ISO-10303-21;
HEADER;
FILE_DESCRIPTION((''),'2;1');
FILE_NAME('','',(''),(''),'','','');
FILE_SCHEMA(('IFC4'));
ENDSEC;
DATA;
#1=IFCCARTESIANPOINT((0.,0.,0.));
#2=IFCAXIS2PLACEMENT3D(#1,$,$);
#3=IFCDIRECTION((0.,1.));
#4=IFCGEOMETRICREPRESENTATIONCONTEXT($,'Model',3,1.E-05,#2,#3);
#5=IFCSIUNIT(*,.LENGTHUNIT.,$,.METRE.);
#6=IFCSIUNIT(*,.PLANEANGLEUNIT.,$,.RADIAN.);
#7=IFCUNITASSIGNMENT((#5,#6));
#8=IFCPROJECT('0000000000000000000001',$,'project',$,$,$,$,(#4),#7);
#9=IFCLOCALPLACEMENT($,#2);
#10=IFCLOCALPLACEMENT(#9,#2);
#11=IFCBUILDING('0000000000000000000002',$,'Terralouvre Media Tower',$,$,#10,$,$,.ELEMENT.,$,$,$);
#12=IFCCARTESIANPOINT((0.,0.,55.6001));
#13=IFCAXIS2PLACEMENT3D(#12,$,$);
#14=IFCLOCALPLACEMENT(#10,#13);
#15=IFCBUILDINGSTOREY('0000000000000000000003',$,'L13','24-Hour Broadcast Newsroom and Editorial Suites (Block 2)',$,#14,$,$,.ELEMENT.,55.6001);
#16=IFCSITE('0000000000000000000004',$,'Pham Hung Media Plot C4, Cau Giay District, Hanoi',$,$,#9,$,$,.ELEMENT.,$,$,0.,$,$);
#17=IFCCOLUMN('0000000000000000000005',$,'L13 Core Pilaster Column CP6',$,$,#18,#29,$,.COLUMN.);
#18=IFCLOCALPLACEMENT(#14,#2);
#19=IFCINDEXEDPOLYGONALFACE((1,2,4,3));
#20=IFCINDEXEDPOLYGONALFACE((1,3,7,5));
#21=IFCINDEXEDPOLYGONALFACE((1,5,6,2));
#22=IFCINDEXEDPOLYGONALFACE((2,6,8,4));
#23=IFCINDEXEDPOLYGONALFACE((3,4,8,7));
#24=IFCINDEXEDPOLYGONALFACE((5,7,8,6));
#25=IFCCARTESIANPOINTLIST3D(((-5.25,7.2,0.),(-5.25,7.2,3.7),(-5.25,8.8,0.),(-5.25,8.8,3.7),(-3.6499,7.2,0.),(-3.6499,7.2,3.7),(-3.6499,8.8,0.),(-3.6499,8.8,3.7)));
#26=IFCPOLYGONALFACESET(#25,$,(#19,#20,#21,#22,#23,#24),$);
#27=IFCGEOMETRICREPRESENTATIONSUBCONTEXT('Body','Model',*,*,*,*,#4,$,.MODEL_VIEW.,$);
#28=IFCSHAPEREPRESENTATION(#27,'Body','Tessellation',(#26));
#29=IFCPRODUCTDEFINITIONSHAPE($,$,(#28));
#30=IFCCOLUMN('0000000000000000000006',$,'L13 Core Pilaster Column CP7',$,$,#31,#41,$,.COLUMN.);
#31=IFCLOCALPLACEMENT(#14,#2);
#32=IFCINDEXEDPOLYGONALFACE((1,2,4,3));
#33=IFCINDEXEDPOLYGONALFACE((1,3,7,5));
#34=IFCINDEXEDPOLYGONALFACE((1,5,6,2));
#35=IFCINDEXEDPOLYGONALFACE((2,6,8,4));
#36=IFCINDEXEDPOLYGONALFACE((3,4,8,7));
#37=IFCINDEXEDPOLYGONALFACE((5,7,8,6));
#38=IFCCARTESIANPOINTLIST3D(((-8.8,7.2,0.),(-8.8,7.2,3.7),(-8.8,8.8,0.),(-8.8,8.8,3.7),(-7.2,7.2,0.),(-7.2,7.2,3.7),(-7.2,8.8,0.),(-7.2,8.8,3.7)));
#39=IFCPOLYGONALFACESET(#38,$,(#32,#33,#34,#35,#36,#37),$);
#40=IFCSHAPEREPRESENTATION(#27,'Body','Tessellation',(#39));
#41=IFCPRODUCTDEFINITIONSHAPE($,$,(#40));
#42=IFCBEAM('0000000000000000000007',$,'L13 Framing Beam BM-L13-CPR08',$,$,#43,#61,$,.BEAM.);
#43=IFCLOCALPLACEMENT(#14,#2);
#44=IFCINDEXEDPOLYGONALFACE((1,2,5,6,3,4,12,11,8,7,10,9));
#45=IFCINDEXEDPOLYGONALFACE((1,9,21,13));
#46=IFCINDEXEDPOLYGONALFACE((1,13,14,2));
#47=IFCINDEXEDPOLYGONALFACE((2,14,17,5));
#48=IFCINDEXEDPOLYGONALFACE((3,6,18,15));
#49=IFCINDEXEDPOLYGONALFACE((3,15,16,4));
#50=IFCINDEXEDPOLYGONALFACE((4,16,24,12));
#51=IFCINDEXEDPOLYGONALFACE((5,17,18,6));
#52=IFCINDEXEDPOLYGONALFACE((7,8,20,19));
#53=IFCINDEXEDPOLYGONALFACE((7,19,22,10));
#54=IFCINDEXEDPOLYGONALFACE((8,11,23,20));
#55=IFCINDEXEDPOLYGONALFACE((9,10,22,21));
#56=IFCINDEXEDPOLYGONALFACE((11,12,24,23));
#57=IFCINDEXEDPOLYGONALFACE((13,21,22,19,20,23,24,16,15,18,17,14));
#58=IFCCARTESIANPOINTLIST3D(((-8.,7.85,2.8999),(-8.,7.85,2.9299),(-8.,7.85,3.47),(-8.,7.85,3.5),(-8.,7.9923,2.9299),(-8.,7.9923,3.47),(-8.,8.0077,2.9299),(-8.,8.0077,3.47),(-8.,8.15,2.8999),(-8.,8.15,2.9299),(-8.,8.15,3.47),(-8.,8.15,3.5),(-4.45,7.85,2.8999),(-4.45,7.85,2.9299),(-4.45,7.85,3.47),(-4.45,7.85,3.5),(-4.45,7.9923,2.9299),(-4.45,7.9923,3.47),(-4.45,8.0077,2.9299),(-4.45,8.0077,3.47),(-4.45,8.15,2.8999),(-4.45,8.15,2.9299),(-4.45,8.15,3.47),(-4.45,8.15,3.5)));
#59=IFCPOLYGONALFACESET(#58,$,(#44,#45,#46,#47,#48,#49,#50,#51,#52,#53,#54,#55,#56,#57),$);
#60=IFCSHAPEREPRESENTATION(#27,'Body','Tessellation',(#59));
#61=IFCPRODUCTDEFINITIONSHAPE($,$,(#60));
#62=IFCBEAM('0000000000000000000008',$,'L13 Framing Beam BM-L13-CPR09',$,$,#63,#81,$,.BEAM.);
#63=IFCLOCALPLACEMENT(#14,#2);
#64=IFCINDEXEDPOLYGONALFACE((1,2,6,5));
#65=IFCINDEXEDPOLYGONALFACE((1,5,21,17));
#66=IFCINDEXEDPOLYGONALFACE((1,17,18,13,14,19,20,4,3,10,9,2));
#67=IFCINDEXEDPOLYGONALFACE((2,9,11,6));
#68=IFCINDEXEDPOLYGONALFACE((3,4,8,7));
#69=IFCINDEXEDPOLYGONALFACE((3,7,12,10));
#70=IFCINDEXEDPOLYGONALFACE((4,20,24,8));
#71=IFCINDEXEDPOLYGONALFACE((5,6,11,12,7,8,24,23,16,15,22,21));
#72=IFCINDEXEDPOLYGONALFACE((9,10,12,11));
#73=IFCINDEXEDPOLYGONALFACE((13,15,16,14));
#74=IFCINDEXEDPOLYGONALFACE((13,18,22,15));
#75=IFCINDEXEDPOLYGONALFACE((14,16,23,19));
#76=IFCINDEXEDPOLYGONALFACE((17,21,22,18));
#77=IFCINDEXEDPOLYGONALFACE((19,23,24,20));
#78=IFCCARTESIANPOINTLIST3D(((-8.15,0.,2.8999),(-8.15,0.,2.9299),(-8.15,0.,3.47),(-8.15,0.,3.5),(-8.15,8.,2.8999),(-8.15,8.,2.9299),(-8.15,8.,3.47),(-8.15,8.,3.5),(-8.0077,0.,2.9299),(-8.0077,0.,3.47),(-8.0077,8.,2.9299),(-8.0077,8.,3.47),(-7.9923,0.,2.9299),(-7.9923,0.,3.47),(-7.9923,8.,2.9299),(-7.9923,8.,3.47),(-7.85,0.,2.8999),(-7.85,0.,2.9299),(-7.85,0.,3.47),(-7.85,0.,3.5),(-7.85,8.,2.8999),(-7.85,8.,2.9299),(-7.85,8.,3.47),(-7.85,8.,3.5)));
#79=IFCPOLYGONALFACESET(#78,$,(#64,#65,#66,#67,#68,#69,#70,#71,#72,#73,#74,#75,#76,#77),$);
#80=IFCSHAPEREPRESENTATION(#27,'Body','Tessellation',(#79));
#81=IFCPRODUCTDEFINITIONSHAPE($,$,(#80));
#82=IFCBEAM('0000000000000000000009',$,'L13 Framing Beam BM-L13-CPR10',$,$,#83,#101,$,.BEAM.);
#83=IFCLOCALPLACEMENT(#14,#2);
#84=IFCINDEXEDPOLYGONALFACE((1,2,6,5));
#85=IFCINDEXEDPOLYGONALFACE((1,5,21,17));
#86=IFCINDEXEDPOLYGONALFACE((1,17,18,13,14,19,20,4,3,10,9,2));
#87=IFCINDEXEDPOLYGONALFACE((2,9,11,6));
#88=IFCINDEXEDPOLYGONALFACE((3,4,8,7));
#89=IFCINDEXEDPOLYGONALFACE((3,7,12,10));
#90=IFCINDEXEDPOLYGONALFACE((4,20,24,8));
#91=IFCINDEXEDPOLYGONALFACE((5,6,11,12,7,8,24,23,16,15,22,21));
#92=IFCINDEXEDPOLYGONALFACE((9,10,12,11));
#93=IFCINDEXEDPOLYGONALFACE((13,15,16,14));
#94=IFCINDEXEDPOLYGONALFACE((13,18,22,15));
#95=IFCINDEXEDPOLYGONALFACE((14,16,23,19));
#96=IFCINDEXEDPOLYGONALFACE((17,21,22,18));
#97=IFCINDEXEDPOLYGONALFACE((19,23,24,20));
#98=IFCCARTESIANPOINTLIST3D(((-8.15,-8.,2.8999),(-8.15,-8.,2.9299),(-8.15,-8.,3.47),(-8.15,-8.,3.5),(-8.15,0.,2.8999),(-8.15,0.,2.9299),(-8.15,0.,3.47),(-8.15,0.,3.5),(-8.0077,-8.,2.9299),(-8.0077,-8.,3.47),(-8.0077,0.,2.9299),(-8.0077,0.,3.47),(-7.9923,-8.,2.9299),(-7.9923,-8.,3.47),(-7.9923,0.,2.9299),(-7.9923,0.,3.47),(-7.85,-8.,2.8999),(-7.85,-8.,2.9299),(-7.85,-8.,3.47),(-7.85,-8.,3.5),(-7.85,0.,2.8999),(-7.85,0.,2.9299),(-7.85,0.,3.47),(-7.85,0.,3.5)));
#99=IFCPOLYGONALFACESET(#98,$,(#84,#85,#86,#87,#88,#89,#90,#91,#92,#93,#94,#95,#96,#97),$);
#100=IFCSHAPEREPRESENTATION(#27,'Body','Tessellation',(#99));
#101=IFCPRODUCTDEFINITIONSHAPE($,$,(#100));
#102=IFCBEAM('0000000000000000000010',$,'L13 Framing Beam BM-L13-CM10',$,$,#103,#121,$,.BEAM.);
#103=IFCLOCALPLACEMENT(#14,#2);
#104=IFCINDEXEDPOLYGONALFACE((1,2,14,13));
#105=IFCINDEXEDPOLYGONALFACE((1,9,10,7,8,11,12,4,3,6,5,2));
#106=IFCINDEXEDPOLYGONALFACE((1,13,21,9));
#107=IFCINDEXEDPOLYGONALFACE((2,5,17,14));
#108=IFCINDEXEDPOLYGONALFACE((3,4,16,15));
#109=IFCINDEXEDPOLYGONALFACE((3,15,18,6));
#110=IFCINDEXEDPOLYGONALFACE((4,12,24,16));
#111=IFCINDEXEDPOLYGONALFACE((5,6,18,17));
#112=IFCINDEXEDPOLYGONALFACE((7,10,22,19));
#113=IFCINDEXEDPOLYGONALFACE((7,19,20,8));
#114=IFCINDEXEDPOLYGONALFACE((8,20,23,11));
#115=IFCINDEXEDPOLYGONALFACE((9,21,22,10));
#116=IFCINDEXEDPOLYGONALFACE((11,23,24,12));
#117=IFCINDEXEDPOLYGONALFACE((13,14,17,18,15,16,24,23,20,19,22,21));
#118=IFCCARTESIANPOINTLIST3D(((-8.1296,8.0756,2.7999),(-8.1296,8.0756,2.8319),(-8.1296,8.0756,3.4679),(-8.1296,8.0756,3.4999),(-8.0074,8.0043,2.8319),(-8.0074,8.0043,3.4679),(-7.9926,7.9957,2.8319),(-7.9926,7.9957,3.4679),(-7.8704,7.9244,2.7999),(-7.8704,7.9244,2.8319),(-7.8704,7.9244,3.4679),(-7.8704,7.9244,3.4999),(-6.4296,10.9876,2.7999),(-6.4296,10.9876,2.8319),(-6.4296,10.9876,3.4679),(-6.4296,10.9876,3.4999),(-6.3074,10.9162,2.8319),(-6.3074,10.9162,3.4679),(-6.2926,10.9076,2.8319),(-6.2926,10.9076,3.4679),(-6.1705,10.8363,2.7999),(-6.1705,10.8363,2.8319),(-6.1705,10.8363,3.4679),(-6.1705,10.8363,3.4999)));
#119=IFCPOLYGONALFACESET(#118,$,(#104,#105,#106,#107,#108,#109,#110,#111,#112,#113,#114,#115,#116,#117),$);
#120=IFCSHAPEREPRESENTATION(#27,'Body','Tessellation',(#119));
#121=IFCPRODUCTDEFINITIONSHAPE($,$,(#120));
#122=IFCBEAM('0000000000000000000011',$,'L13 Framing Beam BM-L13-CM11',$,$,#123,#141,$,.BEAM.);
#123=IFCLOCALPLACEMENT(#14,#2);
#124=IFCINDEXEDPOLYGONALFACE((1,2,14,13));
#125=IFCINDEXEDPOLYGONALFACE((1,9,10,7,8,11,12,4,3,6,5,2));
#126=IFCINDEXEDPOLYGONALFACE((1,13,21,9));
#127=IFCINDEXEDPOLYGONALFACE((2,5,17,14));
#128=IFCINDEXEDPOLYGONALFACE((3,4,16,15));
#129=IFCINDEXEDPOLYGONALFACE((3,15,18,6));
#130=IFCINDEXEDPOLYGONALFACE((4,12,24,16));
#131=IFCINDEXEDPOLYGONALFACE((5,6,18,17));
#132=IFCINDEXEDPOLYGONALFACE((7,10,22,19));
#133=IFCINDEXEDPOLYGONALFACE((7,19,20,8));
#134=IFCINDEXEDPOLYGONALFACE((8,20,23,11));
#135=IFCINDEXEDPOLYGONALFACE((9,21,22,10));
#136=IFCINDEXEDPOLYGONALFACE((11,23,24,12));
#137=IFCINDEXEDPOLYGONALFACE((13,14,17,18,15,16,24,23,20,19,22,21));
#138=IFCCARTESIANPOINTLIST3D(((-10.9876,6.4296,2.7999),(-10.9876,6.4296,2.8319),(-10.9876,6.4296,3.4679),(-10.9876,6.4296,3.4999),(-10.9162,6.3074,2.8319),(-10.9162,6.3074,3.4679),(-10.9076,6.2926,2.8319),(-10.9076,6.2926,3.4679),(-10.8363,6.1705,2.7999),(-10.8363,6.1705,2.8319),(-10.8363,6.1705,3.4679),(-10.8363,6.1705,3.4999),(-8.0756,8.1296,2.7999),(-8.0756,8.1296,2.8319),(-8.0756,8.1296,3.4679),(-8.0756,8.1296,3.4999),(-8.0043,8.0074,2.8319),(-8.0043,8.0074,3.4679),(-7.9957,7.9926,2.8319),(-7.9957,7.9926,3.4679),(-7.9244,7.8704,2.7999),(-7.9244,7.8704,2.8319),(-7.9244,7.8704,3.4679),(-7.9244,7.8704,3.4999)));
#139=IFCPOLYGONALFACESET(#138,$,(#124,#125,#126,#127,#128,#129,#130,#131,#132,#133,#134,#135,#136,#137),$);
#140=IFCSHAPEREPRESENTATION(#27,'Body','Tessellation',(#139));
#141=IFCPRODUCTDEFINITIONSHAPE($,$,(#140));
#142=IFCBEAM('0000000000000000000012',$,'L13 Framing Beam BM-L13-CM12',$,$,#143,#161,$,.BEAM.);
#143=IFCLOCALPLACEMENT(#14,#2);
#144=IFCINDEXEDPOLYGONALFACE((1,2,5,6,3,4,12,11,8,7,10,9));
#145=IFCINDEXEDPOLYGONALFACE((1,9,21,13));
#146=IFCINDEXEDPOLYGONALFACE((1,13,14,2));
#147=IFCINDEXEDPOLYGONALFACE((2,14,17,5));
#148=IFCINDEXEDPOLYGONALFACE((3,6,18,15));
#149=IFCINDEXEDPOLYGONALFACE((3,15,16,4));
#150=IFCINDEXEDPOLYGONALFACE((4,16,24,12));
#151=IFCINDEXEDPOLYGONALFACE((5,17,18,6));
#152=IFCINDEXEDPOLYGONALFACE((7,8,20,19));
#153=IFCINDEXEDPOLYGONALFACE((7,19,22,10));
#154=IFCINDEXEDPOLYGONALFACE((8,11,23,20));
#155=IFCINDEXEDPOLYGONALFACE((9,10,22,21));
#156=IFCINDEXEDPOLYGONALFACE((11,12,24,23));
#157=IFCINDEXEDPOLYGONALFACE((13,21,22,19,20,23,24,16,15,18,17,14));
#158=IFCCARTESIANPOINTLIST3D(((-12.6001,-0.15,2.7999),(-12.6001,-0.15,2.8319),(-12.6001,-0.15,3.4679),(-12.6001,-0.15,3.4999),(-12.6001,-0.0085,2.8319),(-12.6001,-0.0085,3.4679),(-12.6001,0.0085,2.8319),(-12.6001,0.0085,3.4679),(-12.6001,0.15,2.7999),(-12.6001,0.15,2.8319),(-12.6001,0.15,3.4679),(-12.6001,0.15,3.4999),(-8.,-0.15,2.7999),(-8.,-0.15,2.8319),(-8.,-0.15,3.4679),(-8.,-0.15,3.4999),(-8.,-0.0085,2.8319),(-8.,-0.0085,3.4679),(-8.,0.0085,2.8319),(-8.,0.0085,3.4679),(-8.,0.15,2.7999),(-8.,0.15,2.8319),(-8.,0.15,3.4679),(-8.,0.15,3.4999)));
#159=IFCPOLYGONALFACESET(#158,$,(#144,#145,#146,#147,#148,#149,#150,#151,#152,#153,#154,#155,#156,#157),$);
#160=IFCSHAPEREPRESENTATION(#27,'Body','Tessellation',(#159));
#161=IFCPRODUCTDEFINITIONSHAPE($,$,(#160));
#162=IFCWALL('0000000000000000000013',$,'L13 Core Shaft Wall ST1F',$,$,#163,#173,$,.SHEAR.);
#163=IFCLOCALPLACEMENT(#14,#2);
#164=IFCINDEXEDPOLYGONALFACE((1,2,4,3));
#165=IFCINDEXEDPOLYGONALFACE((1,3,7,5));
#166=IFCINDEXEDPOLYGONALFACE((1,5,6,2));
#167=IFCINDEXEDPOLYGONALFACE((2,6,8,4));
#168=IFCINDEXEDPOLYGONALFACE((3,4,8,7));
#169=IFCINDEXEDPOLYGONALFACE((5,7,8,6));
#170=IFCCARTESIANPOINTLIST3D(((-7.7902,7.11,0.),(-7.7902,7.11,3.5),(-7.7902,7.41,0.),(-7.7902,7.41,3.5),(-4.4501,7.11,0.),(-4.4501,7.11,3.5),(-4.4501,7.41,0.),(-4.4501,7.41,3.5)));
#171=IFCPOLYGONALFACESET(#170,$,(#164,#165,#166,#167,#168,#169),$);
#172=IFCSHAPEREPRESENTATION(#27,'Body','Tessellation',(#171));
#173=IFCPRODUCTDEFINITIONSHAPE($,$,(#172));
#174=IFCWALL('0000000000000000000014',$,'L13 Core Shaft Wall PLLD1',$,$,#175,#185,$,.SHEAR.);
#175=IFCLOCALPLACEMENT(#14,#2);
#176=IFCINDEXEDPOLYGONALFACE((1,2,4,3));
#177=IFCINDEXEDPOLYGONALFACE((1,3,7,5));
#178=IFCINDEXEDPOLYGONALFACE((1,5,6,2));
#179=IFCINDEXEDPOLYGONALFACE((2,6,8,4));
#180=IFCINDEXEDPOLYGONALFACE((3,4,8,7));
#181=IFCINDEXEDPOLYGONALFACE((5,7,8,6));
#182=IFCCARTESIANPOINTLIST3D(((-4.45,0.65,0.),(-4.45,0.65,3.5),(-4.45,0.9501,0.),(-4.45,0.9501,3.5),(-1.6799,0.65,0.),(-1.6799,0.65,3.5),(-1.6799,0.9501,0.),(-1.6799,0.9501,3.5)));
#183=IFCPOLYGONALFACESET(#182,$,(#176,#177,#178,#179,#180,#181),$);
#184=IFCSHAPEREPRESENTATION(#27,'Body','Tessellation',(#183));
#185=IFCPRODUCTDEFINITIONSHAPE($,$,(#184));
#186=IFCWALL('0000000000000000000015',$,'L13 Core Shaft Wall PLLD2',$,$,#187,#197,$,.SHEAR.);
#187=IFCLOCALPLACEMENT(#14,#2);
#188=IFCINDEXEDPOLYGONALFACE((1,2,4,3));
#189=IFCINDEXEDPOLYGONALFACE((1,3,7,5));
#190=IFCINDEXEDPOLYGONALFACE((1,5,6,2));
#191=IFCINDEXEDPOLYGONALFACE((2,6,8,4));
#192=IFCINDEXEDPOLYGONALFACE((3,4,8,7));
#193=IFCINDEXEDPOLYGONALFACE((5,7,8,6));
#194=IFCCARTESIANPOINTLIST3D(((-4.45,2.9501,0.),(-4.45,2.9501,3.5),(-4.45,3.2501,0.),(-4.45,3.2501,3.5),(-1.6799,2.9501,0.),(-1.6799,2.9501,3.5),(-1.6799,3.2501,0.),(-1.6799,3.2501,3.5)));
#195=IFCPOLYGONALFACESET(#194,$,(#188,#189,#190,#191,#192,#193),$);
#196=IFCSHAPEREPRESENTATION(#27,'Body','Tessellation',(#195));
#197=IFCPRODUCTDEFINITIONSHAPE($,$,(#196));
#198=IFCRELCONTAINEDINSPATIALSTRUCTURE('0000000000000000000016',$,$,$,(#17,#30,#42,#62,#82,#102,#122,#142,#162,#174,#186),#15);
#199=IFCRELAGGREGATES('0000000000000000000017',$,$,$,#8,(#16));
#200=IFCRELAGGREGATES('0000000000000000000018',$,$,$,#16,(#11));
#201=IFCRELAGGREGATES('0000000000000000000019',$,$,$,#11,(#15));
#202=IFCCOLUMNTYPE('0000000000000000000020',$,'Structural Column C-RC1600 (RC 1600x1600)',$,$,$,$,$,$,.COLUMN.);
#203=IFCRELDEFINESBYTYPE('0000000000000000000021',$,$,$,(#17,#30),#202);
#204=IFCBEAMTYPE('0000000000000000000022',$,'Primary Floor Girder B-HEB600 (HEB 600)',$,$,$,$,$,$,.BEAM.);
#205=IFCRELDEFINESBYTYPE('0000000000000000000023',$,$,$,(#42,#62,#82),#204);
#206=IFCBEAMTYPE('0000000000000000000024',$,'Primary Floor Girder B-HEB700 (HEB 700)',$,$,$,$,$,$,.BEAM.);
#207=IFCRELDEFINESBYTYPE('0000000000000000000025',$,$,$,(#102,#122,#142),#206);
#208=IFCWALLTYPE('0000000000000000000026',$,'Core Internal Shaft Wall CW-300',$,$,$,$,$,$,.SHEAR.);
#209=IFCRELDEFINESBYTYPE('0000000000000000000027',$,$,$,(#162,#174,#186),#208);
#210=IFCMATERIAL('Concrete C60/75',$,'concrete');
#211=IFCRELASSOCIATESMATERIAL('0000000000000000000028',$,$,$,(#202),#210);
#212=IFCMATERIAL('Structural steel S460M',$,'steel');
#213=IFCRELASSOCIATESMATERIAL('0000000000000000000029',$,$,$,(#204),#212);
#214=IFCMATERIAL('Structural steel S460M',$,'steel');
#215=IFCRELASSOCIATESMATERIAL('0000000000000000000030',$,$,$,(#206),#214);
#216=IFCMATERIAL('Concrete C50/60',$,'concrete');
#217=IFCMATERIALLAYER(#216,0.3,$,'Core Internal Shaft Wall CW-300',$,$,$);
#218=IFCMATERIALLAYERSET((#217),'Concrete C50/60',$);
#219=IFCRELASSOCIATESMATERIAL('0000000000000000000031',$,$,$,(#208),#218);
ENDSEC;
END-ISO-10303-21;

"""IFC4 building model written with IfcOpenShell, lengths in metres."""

from ifc_helpers import new_model, si_unit, direction, frame, frame_2d, origin, origin_2d, place, context, subcontext, project, spatial, rectangle, i_section, extrude, material, layer, layer_set, material_profile, profile_set, type_object, element, save


model = new_model("IFC4")

# Units and contexts
model_context = context("Model", 3, precision=1e-05, world=origin(), true_north=direction((0.0, 1.0)))
body_context = subcontext(model_context, "Body", "Model", "MODEL_VIEW")
ifc_project = project(units=[si_unit("LENGTHUNIT", "METRE"), si_unit("PLANEANGLEUNIT", "RADIAN")], contexts=[model_context])

# Site, building, storey
site_placement = place(None, origin())
site = spatial("IfcSite", under=ifc_project, at=site_placement, Name="Pham Hung Media Plot C4, Cau Giay District, Hanoi", CompositionType="ELEMENT", RefElevation=0.0)
building_placement = place(site_placement, origin())
building = spatial("IfcBuilding", under=site, at=building_placement, Name="Terralouvre Media Tower", CompositionType="ELEMENT")
storey_placement = place(building_placement, frame((0.0, 0.0, 55.6001)))
storey = spatial("IfcBuildingStorey", under=building, at=storey_placement, Name="L13", Description="24-Hour Broadcast Newsroom and Editorial Suites (Block 2)", CompositionType="ELEMENT", Elevation=55.6001)

# Columns
ifc_material_1 = material(Name="Concrete C60/75", Category="concrete")
ifc_material_profile_1 = material_profile(ifc_material_1, rectangle(XDim=1.6001, YDim=1.6001, at=origin_2d()), Name="RC 1600x1600")
ifc_profile_set_1 = profile_set([ifc_material_profile_1], Name="Concrete C60/75")
column_type = type_object("IfcColumnType", Name="Structural Column C-RC1600 (RC 1600x1600)", PredefinedType="COLUMN", material=ifc_profile_set_1)
for number, where, z_axis, x_axis, name in (
    (1, (-4.45, 8.0, 0.0), (0.0, 0.0, 1.0), (1.0, 0.0, 0.0), "L13 Core Pilaster Column CP6"),
    (2, (-8.0, 8.0, 0.0), (0.0, 0.0, 1.0), (1.0, 0.0, 0.0), "L13 Core Pilaster Column CP7"),
):
    element("IfcColumn", number, at=place(storey_placement, frame(where, z_axis=z_axis, x_axis=x_axis)), inside=storey, type_object=column_type, Name=name, PredefinedType="COLUMN", context=body_context, shape_type="SweptSolid", body=[
        extrude(rectangle(XDim=1.6001, YDim=1.6001, at=origin_2d()), origin(), (0.0, 0.0, 1.0), 3.7),
    ])

# Beams
ifc_material_2 = material(Name="Structural steel S460M", Category="steel")
ifc_material_profile_2 = material_profile(ifc_material_2, i_section(OverallWidth=0.3, OverallDepth=0.6001, WebThickness=0.0154, FlangeThickness=0.03, at=origin_2d()), Name="HEB 600")
ifc_profile_set_2 = profile_set([ifc_material_profile_2], Name="Structural steel S460M")
beam_type_1 = type_object("IfcBeamType", Name="Primary Floor Girder B-HEB600 (HEB 600)", PredefinedType="BEAM", material=ifc_profile_set_2)
beam_1_placement = place(storey_placement, frame((-4.45, 8.0, 3.2), z_axis=(-1.0, 0.0, 0.0), x_axis=(0.0, -1.0, 0.0)))
element("IfcBeam", 3, at=beam_1_placement, inside=storey, type_object=beam_type_1, Name="L13 Framing Beam BM-L13-CPR08", PredefinedType="BEAM", context=body_context, shape_type="SweptSolid", body=[
    extrude(i_section(OverallWidth=0.3, OverallDepth=0.6001, WebThickness=0.0154, FlangeThickness=0.03, at=origin_2d()), origin(), (0.0, 0.0, 1.0), 3.55),
])
for number, where, z_axis, x_axis, name in (
    (4, (-8.0, 8.0, 3.2), (0.0, -1.0, 0.0), (1.0, 0.0, 0.0), "L13 Framing Beam BM-L13-CPR09"),
    (5, (-8.0, 0.0, 3.2), (0.0, -1.0, 0.0), (1.0, 0.0, 0.0), "L13 Framing Beam BM-L13-CPR10"),
):
    element("IfcBeam", number, at=place(storey_placement, frame(where, z_axis=z_axis, x_axis=x_axis)), inside=storey, type_object=beam_type_1, Name=name, PredefinedType="BEAM", context=body_context, shape_type="SweptSolid", body=[
        extrude(i_section(OverallWidth=0.3, OverallDepth=0.6001, WebThickness=0.0154, FlangeThickness=0.03, at=origin_2d()), origin(), (0.0, 0.0, 1.0), 8.0),
    ])
ifc_material_3 = material(Name="Structural steel S460M", Category="steel")
ifc_material_profile_3 = material_profile(ifc_material_3, i_section(OverallWidth=0.3, OverallDepth=0.7, WebThickness=0.0171, FlangeThickness=0.032, at=origin_2d()), Name="HEB 700")
ifc_profile_set_3 = profile_set([ifc_material_profile_3], Name="Structural steel S460M")
beam_type_2 = type_object("IfcBeamType", Name="Primary Floor Girder B-HEB700 (HEB 700)", PredefinedType="BEAM", material=ifc_profile_set_3)
for number, where, z_axis, x_axis, name in (
    (6, (-8.0, 8.0, 3.1499), (0.504173, 0.863603, 0.0), (-0.863603, 0.504173, 0.0), "L13 Framing Beam BM-L13-CM10"),
    (7, (-8.0, 8.0, 3.1499), (-0.863603, -0.504173, 0.0), (0.504173, -0.863603, 0.0), "L13 Framing Beam BM-L13-CM11"),
):
    element("IfcBeam", number, at=place(storey_placement, frame(where, z_axis=z_axis, x_axis=x_axis)), inside=storey, type_object=beam_type_2, Name=name, PredefinedType="BEAM", context=body_context, shape_type="SweptSolid", body=[
        extrude(i_section(OverallWidth=0.3, OverallDepth=0.7, WebThickness=0.0171, FlangeThickness=0.032, at=origin_2d()), origin(), (0.0, 0.0, 1.0), 3.3718),
    ])
beam_2_placement = place(storey_placement, frame((-8.0, 0.0, 3.1499), z_axis=(-1.0, 0.0, 0.0), x_axis=(0.0, -1.0, 0.0)))
element("IfcBeam", 8, at=beam_2_placement, inside=storey, type_object=beam_type_2, Name="L13 Framing Beam BM-L13-CM12", PredefinedType="BEAM", context=body_context, shape_type="SweptSolid", body=[
    extrude(i_section(OverallWidth=0.3, OverallDepth=0.7, WebThickness=0.0171, FlangeThickness=0.032, at=origin_2d()), origin(), (0.0, 0.0, 1.0), 4.6001),
])

# Shared definitions
ifc_material_4 = material(Name="Concrete C50/60", Category="concrete")
ifc_layer_1 = layer(ifc_material_4, 0.3, Name="Core Internal Shaft Wall CW-300")
ifc_layer_set_1 = layer_set([ifc_layer_1], Name="Concrete C50/60")
wall_type_1 = type_object("IfcWallType", Name="Core Internal Shaft Wall CW-300", PredefinedType="SHEAR", material=ifc_layer_set_1)

# Walls
wall_1_placement = place(storey_placement, frame((-7.79, 7.26, 0.0), z_axis=(0.0, 0.0, 1.0), x_axis=(1.0, 0.0, 0.0)))
element("IfcWall", 9, at=wall_1_placement, inside=storey, type_object=wall_type_1, Name="L13 Core Shaft Wall ST1F", PredefinedType="SHEAR", context=body_context, shape_type="SweptSolid", body=[
    extrude(rectangle(XDim=3.3401, YDim=0.3, at=frame_2d((1.6699, 0.0))), origin(), (0.0, 0.0, 1.0), 3.5),
])
for number, where, z_axis, x_axis, name in (
    (10, (-4.45, 0.8, 0.0), (0.0, 0.0, 1.0), (1.0, 0.0, 0.0), "L13 Core Shaft Wall PLLD1"),
    (11, (-4.45, 3.1001, 0.0), (0.0, 0.0, 1.0), (1.0, 0.0, 0.0), "L13 Core Shaft Wall PLLD2"),
):
    element("IfcWall", number, at=place(storey_placement, frame(where, z_axis=z_axis, x_axis=x_axis)), inside=storey, type_object=wall_type_1, Name=name, PredefinedType="SHEAR", context=body_context, shape_type="SweptSolid", body=[
        extrude(rectangle(XDim=2.77, YDim=0.3, at=frame_2d((1.385, 0.0))), origin(), (0.0, 0.0, 1.0), 3.5),
    ])

save(model, "model.ifc")
